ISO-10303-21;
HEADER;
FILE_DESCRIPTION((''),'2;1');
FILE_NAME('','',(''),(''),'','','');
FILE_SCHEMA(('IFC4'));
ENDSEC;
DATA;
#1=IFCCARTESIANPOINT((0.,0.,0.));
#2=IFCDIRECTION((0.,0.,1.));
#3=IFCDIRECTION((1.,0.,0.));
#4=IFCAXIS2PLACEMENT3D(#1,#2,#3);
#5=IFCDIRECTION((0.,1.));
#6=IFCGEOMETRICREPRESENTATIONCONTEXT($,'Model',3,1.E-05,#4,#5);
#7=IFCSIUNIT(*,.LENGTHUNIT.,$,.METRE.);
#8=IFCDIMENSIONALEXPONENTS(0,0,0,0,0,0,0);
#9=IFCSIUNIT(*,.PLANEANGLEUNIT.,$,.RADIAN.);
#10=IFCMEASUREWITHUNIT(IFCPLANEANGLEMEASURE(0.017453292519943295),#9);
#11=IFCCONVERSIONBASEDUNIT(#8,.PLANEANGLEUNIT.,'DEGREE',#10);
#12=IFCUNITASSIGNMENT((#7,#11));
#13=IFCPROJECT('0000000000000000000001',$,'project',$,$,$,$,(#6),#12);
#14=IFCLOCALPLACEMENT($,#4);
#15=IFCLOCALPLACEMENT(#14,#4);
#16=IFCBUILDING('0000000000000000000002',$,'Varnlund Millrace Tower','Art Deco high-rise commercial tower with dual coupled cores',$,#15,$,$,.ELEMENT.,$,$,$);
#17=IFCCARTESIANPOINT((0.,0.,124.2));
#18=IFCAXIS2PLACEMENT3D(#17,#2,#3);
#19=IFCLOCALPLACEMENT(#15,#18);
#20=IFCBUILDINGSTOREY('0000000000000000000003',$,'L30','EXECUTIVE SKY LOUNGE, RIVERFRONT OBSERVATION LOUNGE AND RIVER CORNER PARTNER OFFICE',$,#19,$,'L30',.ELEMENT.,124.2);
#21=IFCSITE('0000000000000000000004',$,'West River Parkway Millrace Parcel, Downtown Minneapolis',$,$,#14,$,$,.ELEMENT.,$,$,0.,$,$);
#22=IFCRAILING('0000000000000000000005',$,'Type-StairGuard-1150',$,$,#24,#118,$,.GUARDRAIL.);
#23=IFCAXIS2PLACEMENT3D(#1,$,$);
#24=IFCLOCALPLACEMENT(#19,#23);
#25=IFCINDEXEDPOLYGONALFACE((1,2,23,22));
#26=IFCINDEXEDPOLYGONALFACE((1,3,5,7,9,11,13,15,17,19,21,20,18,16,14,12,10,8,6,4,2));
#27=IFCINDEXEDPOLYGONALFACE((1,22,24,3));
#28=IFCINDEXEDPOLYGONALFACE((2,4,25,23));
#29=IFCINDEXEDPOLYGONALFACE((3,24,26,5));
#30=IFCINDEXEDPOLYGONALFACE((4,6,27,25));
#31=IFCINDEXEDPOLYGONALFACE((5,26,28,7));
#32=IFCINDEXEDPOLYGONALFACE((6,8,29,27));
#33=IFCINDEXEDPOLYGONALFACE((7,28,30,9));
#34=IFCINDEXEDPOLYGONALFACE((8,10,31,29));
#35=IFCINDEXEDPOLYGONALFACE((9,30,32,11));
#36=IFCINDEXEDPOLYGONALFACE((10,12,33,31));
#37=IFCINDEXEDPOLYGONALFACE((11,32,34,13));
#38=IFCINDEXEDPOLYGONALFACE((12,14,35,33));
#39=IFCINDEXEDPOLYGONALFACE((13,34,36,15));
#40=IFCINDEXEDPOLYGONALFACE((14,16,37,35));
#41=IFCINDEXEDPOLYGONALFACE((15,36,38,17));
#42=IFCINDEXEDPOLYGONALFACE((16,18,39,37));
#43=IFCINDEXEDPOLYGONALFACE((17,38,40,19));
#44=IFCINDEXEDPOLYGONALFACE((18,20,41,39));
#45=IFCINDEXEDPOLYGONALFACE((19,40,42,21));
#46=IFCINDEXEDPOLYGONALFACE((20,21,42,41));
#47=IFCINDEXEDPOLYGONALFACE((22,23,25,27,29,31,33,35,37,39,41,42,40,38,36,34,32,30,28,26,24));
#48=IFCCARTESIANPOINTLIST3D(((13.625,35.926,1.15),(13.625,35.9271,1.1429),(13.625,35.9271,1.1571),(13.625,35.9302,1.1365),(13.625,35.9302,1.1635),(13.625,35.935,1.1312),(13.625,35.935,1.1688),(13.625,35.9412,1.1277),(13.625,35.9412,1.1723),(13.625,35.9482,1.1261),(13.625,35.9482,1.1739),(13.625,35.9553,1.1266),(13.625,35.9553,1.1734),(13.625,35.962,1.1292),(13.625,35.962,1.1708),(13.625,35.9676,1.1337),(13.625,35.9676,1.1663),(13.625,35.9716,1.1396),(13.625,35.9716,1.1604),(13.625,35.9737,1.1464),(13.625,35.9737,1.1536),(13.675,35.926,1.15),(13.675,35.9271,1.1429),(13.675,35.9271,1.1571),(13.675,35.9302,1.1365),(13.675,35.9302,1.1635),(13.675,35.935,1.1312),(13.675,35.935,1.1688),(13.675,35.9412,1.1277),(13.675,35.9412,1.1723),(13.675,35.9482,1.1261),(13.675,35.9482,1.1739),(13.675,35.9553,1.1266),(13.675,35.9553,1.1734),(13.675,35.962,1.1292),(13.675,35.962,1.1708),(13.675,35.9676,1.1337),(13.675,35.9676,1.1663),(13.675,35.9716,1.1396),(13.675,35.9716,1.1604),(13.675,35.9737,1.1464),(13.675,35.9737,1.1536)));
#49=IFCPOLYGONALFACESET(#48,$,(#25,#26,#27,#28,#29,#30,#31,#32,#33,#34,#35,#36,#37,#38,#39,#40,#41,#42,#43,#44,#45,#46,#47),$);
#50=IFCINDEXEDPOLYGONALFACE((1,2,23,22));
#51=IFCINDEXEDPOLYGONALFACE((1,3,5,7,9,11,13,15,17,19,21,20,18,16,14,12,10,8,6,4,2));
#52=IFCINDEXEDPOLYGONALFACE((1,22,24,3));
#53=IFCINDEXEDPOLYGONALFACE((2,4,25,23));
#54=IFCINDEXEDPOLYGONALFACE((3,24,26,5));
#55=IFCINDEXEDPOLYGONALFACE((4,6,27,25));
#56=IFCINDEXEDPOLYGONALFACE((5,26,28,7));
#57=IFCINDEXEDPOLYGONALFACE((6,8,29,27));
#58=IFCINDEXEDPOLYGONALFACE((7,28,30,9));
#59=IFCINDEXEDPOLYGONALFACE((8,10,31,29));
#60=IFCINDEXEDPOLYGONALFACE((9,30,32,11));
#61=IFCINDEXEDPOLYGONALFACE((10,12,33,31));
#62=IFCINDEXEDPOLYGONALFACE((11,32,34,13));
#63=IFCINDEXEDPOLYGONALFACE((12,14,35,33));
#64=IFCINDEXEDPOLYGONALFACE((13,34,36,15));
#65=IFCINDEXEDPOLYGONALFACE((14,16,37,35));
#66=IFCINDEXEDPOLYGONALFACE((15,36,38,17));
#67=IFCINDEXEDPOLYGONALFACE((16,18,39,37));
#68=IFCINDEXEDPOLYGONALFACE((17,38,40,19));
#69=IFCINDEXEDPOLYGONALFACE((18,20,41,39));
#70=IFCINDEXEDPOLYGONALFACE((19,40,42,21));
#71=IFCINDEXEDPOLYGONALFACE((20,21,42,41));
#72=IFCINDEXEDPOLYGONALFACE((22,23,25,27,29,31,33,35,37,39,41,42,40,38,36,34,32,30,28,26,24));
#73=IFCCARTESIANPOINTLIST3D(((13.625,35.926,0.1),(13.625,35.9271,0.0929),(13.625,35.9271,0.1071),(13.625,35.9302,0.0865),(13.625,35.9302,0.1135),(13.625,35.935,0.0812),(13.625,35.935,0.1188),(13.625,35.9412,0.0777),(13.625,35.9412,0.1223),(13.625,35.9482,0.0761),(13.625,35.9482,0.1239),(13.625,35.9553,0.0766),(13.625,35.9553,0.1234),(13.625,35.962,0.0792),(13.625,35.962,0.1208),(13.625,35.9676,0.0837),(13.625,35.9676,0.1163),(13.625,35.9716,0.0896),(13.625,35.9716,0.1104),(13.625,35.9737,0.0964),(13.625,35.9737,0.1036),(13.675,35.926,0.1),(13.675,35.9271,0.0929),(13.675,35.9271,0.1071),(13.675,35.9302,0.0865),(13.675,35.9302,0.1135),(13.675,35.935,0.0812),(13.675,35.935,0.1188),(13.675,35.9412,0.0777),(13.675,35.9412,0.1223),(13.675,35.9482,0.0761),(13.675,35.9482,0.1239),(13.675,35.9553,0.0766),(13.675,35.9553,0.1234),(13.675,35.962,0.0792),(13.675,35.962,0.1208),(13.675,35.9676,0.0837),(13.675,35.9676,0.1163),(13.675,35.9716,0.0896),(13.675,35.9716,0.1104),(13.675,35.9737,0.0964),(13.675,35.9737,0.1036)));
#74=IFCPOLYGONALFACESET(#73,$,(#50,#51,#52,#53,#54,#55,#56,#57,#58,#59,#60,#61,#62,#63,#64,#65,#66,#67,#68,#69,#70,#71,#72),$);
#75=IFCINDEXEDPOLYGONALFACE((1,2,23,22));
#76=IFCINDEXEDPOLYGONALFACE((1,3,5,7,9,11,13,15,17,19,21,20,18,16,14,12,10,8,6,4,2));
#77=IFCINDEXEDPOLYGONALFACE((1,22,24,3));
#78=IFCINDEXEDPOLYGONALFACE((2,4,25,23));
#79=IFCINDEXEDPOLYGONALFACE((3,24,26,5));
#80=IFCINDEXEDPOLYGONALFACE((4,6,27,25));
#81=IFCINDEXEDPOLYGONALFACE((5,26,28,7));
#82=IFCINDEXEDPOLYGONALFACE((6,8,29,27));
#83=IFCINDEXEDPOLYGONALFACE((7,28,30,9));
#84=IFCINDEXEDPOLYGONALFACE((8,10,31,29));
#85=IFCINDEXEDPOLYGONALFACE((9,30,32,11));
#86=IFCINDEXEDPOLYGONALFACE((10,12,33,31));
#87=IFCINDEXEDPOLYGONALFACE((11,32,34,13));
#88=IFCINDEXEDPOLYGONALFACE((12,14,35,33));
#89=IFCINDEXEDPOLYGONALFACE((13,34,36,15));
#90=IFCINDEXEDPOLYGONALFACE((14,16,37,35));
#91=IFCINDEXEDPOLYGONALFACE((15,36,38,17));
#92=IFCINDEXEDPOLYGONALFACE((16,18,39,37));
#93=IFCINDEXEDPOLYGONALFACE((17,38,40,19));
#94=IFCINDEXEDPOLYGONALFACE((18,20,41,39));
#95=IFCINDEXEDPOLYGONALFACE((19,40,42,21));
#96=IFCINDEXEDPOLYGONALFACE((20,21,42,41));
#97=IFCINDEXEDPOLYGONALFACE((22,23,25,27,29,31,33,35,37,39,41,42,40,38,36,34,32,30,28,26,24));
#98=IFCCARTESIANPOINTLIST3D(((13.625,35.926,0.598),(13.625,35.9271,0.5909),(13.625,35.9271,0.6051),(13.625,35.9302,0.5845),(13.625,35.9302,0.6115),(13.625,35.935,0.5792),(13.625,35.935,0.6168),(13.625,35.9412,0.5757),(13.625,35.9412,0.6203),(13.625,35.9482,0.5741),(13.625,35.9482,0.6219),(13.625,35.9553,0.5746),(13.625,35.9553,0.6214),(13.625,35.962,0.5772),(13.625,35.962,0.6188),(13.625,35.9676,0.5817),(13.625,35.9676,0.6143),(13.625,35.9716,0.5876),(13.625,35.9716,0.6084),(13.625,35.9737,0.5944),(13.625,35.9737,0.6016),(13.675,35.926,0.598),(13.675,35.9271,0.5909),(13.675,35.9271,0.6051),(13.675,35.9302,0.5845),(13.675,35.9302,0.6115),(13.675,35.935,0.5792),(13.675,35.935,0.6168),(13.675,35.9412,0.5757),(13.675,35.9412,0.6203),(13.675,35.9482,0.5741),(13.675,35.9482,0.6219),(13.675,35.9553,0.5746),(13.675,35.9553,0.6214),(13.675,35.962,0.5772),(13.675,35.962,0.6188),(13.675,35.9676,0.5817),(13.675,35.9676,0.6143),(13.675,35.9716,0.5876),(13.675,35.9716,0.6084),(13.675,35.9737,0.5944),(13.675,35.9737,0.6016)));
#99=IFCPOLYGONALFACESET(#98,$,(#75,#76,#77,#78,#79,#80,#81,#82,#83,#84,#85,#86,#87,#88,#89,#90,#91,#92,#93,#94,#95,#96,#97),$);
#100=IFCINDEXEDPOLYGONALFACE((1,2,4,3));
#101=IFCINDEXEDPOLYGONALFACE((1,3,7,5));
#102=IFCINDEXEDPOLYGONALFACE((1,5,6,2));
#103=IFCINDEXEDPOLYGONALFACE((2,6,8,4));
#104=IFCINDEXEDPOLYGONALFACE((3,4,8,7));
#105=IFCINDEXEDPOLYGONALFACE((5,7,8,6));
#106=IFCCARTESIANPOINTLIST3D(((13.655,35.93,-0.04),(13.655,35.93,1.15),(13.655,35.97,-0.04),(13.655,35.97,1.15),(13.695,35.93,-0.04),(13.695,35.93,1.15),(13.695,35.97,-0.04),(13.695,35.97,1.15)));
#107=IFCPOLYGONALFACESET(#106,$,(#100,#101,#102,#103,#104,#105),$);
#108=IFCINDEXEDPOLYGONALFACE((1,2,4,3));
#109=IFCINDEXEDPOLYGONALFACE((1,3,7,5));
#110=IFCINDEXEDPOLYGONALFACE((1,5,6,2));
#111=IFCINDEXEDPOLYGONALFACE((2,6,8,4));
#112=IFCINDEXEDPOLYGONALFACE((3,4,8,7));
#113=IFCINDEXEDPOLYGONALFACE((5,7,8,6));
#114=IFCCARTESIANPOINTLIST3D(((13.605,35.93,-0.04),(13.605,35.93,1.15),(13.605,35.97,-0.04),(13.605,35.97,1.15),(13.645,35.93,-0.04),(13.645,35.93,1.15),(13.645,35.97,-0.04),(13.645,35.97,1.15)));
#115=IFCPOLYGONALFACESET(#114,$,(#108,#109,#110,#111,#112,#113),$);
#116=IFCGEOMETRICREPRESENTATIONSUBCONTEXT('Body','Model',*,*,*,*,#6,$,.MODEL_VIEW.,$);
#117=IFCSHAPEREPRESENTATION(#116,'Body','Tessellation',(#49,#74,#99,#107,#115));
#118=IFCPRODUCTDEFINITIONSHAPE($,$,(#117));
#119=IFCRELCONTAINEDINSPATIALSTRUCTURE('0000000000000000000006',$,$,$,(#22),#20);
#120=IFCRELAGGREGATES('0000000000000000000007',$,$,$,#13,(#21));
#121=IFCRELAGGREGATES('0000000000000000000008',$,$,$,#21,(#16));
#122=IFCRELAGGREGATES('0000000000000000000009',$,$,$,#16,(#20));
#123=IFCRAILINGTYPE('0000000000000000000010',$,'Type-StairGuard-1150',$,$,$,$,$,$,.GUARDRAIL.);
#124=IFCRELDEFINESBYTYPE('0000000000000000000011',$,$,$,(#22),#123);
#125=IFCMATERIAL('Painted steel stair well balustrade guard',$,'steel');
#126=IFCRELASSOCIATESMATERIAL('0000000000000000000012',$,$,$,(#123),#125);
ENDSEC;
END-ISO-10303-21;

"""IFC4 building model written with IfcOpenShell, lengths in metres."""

from ifc_helpers import new_model, entity, si_unit, converted_unit, direction, frame, origin_with_axes, origin_2d_with_axis, place, context, subcontext, project, spatial, rectangle, circle, extrude, material, type_object, element, save


model = new_model("IFC4")

# Units and contexts
model_context = context("Model", 3, precision=1e-05, world=origin_with_axes(), true_north=direction((0.0, 1.0)))
body_context = subcontext(model_context, "Body", "Model", "MODEL_VIEW")
ifc_project = project(units=[si_unit("LENGTHUNIT", "METRE"), converted_unit("PLANEANGLEUNIT", "DEGREE", entity("IfcPlaneAngleMeasure", 0.017453292519943295), si_unit("PLANEANGLEUNIT", "RADIAN"), dimensions=[0, 0, 0, 0, 0, 0, 0])], contexts=[model_context])

# Site, building, storey
site_placement = place(None, origin_with_axes())
site = spatial("IfcSite", under=ifc_project, at=site_placement, Name="West River Parkway Millrace Parcel, Downtown Minneapolis", CompositionType="ELEMENT", RefElevation=0.0)
building_placement = place(site_placement, origin_with_axes())
building = spatial("IfcBuilding", under=site, at=building_placement, Name="Varnlund Millrace Tower", Description="Art Deco high-rise commercial tower with dual coupled cores", CompositionType="ELEMENT")
storey_placement = place(building_placement, frame((0.0, 0.0, 124.2), z_axis=(0.0, 0.0, 1.0), x_axis=(1.0, 0.0, 0.0)))
storey = spatial("IfcBuildingStorey", under=building, at=storey_placement, Name="L30", Description="EXECUTIVE SKY LOUNGE, RIVERFRONT OBSERVATION LOUNGE AND RIVER CORNER PARTNER OFFICE", LongName="L30", CompositionType="ELEMENT", Elevation=124.2)

# Railing
ifc_material_1 = material(Name="Painted steel stair well balustrade guard", Category="steel")
railing_type_1 = type_object("IfcRailingType", Name="Type-StairGuard-1150", PredefinedType="GUARDRAIL", material=ifc_material_1)
railing_1_placement = place(storey_placement, frame((0.0, 0.0, -124.2), z_axis=(0.0, 0.0, 1.0), x_axis=(1.0, 0.0, 0.0)))
element("IfcRailing", 1, at=railing_1_placement, inside=storey, type_object=railing_type_1, Name="Type-StairGuard-1150", PredefinedType="GUARDRAIL", context=body_context, shape_type="SweptSolid", body=[
    extrude(circle(Radius=0.024, at=origin_2d_with_axis()), frame((13.675, 35.95, 125.35), z_axis=(-1.0, 0.0, 0.0), x_axis=(0.0, -1.0, 0.0)), (0.0, 0.0, 1.0), 0.05),
    extrude(circle(Radius=0.024, at=origin_2d_with_axis()), frame((13.675, 35.95, 124.3), z_axis=(-1.0, 0.0, 0.0), x_axis=(0.0, -1.0, 0.0)), (0.0, 0.0, 1.0), 0.05),
    extrude(circle(Radius=0.024, at=origin_2d_with_axis()), frame((13.675, 35.95, 124.798), z_axis=(-1.0, 0.0, 0.0), x_axis=(0.0, -1.0, 0.0)), (0.0, 0.0, 1.0), 0.05),
    extrude(rectangle(XDim=0.04, YDim=0.04, at=origin_2d_with_axis()), frame((13.675, 35.95, 124.16), z_axis=(0.0, 0.0, 1.0), x_axis=(1.0, 0.0, 0.0)), (0.0, 0.0, 1.0), 1.19),
    extrude(rectangle(XDim=0.04, YDim=0.04, at=origin_2d_with_axis()), frame((13.625, 35.95, 124.16), z_axis=(0.0, 0.0, 1.0), x_axis=(1.0, 0.0, 0.0)), (0.0, 0.0, 1.0), 1.19),
])

save(model, "model.ifc")
